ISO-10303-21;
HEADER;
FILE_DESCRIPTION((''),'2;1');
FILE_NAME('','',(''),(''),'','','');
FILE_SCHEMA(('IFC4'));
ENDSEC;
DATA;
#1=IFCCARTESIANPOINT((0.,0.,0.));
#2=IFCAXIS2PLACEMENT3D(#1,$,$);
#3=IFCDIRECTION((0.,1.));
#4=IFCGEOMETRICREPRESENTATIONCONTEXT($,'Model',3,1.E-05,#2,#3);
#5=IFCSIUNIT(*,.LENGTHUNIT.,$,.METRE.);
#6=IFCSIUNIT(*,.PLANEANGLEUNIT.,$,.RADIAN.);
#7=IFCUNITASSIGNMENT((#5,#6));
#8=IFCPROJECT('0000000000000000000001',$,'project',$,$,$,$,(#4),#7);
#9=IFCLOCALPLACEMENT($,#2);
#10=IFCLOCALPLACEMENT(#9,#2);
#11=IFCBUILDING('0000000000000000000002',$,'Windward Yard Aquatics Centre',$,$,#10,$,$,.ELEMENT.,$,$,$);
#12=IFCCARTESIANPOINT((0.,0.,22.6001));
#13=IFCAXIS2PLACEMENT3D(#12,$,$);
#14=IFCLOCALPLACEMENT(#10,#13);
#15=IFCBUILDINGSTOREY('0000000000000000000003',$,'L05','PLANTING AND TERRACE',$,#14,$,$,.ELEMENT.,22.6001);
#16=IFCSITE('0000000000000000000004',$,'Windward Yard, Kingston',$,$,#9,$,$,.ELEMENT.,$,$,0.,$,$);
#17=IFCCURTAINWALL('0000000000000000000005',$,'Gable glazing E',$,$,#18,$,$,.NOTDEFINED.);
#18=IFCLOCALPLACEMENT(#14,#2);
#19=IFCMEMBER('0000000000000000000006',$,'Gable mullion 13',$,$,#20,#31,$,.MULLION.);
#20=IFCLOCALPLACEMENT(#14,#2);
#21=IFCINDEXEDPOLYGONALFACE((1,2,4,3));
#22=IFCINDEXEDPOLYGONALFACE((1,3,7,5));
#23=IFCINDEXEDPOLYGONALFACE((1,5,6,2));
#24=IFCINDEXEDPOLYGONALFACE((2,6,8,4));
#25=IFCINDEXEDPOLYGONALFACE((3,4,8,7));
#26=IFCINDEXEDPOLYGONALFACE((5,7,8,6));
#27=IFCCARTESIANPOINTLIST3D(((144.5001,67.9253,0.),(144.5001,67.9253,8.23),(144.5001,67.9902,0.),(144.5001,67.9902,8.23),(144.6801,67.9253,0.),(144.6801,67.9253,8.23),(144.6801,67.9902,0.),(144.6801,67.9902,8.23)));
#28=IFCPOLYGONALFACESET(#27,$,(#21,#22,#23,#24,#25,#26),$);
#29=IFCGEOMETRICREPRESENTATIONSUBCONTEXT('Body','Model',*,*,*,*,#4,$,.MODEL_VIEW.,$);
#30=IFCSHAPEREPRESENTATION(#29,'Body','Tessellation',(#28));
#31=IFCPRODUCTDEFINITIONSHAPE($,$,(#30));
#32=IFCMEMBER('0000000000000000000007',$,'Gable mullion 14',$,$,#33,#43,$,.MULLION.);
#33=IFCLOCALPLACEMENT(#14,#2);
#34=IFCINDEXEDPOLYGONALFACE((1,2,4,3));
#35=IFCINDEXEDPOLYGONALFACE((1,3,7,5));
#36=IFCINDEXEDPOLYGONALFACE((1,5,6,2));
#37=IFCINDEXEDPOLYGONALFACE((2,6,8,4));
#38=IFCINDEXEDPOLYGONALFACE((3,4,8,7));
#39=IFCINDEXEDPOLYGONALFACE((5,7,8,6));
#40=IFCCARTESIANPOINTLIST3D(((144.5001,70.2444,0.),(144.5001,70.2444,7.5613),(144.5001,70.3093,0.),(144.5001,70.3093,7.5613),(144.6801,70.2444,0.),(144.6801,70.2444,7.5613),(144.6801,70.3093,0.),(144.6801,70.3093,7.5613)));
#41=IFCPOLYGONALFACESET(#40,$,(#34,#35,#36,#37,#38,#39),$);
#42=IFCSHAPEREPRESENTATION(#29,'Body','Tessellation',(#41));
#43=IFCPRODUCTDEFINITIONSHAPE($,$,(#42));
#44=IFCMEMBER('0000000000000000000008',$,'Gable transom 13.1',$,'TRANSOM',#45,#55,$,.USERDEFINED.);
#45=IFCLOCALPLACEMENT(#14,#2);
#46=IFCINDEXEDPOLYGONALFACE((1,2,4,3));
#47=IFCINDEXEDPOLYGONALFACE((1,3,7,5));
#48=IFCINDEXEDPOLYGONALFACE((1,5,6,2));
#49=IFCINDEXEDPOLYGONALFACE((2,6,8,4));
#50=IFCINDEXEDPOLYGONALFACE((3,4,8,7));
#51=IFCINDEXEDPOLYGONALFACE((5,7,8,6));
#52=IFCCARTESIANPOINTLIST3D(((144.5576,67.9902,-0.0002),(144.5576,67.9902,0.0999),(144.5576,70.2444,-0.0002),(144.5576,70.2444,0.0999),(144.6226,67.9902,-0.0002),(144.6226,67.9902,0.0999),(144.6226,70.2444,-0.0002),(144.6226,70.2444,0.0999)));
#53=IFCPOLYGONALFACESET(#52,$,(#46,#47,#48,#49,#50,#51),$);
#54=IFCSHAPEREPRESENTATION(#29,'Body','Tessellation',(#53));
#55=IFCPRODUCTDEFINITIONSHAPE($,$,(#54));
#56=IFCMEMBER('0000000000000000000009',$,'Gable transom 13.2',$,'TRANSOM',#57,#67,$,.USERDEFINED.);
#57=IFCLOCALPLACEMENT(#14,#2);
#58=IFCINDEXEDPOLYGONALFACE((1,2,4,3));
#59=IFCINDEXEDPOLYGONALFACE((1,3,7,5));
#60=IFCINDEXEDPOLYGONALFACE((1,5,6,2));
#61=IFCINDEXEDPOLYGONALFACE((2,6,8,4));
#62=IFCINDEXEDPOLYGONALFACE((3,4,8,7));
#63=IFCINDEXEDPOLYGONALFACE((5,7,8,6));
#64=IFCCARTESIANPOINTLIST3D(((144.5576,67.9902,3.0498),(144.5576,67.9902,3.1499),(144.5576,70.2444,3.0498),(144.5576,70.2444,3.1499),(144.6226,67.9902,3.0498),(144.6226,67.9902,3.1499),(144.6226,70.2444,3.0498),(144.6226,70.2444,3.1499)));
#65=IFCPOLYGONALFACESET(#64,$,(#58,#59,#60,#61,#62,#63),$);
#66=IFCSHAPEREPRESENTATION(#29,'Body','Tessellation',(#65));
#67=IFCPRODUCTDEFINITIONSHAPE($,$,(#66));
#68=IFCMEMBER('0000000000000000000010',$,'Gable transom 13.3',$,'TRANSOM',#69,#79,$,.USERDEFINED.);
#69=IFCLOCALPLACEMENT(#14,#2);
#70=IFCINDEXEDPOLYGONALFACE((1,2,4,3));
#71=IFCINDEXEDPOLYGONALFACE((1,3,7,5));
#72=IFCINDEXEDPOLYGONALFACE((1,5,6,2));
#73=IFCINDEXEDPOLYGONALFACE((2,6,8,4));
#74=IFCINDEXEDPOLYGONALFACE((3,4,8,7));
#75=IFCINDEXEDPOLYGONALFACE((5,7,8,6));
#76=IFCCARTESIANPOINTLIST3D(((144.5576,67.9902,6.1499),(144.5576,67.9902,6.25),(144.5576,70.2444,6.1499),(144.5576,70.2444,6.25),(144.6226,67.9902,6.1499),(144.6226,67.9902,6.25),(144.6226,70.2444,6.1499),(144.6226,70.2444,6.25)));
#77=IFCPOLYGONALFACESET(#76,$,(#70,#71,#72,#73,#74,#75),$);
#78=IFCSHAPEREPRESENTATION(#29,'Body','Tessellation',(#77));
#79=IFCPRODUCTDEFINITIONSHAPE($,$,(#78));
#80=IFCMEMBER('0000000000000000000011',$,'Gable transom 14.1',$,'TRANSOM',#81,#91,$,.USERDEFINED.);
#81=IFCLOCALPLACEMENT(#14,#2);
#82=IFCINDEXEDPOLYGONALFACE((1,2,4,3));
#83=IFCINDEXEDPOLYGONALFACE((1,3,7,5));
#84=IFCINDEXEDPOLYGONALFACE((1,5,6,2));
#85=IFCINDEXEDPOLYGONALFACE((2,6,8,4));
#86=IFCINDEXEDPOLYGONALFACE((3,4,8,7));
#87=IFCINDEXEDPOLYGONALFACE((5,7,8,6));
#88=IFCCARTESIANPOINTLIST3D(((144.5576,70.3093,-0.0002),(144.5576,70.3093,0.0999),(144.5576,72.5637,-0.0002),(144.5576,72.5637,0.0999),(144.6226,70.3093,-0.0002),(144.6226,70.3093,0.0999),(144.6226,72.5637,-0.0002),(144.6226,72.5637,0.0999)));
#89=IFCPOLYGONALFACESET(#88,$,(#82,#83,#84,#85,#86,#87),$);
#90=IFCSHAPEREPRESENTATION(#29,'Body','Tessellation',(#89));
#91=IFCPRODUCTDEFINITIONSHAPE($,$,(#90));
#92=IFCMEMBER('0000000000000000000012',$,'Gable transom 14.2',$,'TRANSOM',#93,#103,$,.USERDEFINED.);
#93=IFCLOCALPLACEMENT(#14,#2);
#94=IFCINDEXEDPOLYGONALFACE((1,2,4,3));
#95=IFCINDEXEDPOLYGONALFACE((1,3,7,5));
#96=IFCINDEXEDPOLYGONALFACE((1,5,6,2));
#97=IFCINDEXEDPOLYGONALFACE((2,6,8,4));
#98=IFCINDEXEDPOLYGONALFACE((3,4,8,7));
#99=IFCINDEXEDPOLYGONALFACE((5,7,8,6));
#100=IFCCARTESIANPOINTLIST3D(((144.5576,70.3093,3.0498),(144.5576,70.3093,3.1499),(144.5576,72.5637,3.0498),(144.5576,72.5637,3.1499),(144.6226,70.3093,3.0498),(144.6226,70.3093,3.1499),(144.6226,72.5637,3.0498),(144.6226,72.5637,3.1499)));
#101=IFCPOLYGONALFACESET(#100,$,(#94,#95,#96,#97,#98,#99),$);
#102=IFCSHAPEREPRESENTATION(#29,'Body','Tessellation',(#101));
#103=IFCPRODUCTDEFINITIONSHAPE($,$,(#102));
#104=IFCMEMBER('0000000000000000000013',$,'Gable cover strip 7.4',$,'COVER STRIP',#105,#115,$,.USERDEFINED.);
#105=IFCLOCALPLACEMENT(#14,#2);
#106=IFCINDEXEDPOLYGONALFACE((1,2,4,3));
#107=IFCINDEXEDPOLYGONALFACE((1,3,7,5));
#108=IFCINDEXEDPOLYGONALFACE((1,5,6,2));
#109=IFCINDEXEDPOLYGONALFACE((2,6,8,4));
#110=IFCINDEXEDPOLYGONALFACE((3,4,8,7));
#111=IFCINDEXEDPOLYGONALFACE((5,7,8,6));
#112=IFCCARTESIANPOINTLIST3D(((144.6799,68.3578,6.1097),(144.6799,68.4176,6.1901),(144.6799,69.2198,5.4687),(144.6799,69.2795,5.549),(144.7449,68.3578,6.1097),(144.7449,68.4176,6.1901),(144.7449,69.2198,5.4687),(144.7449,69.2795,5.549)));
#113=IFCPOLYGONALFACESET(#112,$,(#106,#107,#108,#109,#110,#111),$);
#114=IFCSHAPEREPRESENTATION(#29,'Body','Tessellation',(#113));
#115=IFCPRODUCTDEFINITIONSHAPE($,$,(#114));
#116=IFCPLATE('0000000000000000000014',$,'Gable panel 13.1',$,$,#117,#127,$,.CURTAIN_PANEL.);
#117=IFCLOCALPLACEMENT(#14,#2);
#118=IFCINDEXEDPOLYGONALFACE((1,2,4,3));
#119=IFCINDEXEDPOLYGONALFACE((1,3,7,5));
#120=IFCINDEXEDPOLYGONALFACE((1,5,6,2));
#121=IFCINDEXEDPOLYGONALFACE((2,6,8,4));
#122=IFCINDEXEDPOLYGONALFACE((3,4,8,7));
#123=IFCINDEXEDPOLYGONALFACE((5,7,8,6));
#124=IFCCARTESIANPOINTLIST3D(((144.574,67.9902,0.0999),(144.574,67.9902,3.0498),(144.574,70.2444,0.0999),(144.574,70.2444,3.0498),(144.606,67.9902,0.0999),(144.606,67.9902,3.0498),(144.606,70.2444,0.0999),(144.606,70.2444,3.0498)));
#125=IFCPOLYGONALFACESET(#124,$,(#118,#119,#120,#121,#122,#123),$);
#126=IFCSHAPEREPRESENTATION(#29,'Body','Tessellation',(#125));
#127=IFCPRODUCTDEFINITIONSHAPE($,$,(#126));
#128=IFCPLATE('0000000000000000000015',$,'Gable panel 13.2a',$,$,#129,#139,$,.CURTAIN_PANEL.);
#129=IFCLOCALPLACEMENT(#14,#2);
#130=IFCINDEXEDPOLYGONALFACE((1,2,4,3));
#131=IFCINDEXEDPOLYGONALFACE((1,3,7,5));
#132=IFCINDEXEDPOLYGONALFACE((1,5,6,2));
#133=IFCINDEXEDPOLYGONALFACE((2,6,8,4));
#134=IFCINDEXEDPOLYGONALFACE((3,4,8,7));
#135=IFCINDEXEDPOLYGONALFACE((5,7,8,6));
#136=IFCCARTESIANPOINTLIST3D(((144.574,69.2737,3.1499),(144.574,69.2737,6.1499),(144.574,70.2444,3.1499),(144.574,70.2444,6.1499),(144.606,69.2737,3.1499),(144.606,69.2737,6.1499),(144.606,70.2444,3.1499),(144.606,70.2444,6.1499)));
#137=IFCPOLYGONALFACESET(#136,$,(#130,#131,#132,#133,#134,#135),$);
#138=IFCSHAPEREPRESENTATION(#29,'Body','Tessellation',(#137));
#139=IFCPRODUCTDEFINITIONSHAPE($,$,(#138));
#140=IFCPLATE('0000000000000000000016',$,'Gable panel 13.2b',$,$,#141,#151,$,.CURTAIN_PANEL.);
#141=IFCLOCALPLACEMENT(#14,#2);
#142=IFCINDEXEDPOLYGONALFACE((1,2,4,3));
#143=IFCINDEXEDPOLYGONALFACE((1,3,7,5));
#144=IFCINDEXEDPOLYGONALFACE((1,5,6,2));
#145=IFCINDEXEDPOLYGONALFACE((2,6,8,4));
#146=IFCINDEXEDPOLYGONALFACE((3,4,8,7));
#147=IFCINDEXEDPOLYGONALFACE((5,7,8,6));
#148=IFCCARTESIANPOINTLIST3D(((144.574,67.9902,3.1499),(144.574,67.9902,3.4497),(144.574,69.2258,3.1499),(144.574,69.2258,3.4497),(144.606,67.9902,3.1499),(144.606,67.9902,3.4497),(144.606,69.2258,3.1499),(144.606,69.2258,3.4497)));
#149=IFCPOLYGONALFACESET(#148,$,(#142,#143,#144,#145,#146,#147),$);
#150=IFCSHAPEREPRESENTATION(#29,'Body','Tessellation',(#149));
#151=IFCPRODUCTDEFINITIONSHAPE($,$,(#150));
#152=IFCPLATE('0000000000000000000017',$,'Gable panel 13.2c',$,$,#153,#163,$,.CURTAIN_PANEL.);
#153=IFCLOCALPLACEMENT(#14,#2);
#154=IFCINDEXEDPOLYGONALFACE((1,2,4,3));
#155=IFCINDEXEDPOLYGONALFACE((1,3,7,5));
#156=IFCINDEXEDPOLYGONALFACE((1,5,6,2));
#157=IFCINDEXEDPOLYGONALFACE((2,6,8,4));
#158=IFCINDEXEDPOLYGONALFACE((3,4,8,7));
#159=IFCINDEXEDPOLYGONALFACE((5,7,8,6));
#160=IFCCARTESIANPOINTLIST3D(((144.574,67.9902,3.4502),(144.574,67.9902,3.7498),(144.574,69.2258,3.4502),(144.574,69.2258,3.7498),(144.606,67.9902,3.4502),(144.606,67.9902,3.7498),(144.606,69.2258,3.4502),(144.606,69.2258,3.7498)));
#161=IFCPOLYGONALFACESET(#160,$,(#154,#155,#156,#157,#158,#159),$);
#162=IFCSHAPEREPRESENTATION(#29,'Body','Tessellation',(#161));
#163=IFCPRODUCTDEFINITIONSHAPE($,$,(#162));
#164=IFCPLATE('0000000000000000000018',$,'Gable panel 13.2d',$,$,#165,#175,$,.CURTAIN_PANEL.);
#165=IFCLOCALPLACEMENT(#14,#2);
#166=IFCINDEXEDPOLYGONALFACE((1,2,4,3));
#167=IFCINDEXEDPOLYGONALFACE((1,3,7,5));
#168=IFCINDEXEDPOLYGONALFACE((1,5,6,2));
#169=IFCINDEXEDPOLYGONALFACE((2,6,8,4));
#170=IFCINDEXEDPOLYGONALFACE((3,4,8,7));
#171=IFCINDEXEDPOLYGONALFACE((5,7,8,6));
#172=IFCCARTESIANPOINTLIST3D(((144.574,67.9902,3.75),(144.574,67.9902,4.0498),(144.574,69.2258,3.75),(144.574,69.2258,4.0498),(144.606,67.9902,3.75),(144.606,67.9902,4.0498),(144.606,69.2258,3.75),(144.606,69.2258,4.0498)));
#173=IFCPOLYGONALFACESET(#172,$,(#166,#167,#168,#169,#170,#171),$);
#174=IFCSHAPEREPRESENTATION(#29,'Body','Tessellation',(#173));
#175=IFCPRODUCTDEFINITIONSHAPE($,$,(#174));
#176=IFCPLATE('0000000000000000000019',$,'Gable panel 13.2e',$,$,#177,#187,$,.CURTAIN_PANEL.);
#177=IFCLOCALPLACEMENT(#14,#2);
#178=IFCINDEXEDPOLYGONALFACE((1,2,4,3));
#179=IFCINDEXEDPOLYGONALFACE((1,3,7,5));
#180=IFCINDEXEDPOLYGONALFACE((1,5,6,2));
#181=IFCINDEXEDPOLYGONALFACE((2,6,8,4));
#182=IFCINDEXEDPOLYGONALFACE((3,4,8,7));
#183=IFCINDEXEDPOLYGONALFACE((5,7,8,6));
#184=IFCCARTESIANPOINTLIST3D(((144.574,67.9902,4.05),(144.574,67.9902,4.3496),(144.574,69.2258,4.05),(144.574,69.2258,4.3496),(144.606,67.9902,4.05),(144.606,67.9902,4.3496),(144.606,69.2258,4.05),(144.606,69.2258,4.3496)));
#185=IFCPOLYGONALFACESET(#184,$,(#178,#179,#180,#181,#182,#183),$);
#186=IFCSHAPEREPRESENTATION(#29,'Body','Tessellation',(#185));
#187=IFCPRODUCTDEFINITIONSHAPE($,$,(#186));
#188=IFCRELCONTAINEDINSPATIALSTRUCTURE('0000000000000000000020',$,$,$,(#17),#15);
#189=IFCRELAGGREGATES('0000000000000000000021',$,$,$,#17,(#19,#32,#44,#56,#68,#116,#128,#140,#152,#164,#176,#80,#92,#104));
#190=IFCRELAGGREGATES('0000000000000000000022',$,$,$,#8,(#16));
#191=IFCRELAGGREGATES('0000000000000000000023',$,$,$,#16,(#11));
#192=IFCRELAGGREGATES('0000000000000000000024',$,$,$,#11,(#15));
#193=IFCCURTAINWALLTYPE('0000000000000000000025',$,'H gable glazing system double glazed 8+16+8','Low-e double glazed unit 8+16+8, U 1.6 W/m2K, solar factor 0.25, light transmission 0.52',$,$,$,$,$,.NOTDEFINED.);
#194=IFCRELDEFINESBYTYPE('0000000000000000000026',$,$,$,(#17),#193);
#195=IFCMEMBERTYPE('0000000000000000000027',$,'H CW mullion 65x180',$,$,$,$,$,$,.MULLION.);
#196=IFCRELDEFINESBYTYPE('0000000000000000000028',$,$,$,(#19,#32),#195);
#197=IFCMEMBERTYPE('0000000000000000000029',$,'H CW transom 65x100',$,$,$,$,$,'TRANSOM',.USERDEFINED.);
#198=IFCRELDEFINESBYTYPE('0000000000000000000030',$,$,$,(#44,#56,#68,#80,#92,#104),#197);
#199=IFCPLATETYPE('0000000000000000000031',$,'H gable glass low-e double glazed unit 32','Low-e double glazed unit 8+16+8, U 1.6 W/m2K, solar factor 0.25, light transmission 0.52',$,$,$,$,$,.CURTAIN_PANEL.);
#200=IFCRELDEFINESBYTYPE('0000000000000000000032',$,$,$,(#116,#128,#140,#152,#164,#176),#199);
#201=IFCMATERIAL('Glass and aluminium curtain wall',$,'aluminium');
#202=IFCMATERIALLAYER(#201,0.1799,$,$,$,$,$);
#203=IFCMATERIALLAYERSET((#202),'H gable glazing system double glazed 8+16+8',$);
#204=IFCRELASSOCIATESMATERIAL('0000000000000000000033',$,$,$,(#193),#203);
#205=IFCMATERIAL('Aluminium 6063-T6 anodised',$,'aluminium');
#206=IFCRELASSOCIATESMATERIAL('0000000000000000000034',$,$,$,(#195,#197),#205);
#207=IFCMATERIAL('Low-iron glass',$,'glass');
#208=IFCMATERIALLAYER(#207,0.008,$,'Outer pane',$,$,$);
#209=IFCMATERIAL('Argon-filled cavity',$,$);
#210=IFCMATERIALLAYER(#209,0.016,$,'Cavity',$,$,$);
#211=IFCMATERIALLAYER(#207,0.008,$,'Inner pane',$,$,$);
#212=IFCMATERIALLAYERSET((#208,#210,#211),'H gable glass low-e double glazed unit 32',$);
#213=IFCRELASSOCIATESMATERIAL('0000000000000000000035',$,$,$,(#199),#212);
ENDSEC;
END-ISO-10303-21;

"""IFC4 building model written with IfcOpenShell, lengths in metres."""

from ifc_helpers import new_model, si_unit, direction, frame, origin, origin_2d, place, context, subcontext, project, spatial, polyline, rectangle, outline, extrude, material, layer, layer_set, material_profile, profile_set, type_object, element, aggregate, save


model = new_model("IFC4")

# Units and contexts
model_context = context("Model", 3, precision=1e-05, world=origin(), true_north=direction((0.0, 1.0)))
body_context = subcontext(model_context, "Body", "Model", "MODEL_VIEW")
ifc_project = project(units=[si_unit("LENGTHUNIT", "METRE"), si_unit("PLANEANGLEUNIT", "RADIAN")], contexts=[model_context])

# Site, building, storey
site_placement = place(None, origin())
site = spatial("IfcSite", under=ifc_project, at=site_placement, Name="Windward Yard, Kingston", CompositionType="ELEMENT", RefElevation=0.0)
building_placement = place(site_placement, origin())
building = spatial("IfcBuilding", under=site, at=building_placement, Name="Windward Yard Aquatics Centre", CompositionType="ELEMENT")
storey_placement = place(building_placement, frame((0.0, 0.0, 22.6001)))
storey = spatial("IfcBuildingStorey", under=building, at=storey_placement, Name="L05", Description="PLANTING AND TERRACE", CompositionType="ELEMENT", Elevation=22.6001)

# Curtain wall, members, plates
ifc_material_1 = material(Name="Glass and aluminium curtain wall", Category="aluminium")
ifc_layer_1 = layer(ifc_material_1, 0.1799)
ifc_layer_set_1 = layer_set([ifc_layer_1], Name="H gable glazing system double glazed 8+16+8")
curtain_wall_type = type_object("IfcCurtainWallType", Name="H gable glazing system double glazed 8+16+8", Description="Low-e double glazed unit 8+16+8, U 1.6 W/m2K, solar factor 0.25, light transmission 0.52", PredefinedType="NOTDEFINED", material=ifc_layer_set_1)
curtain_wall_placement = place(storey_placement, origin())
curtain_wall = element("IfcCurtainWall", 1, at=curtain_wall_placement, inside=storey, type_object=curtain_wall_type, Name="Gable glazing E", PredefinedType="NOTDEFINED")
ifc_material_2 = material(Name="Aluminium 6063-T6 anodised", Category="aluminium")
ifc_material_profile_1 = material_profile(ifc_material_2, rectangle(XDim=0.0649, YDim=0.1799, at=origin_2d()), Name="H CW mullion 65x180")
ifc_profile_set_1 = profile_set([ifc_material_profile_1], Name="Aluminium 6063-T6 anodised")
member_type_1 = type_object("IfcMemberType", Name="H CW mullion 65x180", PredefinedType="MULLION", material=ifc_profile_set_1)
member_1_placement = place(storey_placement, frame((144.5901, 67.9578, 0.0), z_axis=(0.0, 0.0, 1.0), x_axis=(0.0, 1.0, 0.0)))
member_1 = element("IfcMember", 2, at=member_1_placement, type_object=member_type_1, Name="Gable mullion 13", PredefinedType="MULLION", context=body_context, shape_type="SweptSolid", body=[
    extrude(rectangle(XDim=0.0649, YDim=0.1799, at=origin_2d()), origin(), (0.0, 0.0, 1.0), 8.23),
])
member_2_placement = place(storey_placement, frame((144.5901, 70.2769, 0.0), z_axis=(0.0, 0.0, 1.0), x_axis=(0.0, 1.0, 0.0)))
member_2 = element("IfcMember", 3, at=member_2_placement, type_object=member_type_1, Name="Gable mullion 14", PredefinedType="MULLION", context=body_context, shape_type="SweptSolid", body=[
    extrude(rectangle(XDim=0.0649, YDim=0.1799, at=origin_2d()), origin(), (0.0, 0.0, 1.0), 7.5613),
])
ifc_material_profile_2 = material_profile(ifc_material_2, rectangle(XDim=0.0649, YDim=0.1001, at=origin_2d()), Name="H CW transom 65x100")
ifc_profile_set_2 = profile_set([ifc_material_profile_2], Name="Aluminium 6063-T6 anodised")
member_type_2 = type_object("IfcMemberType", Name="H CW transom 65x100", ElementType="TRANSOM", PredefinedType="USERDEFINED", material=ifc_profile_set_2)
member_3_placement = place(storey_placement, frame((144.5901, 67.9902, 0.0498), z_axis=(0.0, 1.0, 0.0), x_axis=(-1.0, 0.0, 0.0)))
member_3 = element("IfcMember", 4, at=member_3_placement, type_object=member_type_2, Name="Gable transom 13.1", ObjectType="TRANSOM", PredefinedType="USERDEFINED", context=body_context, shape_type="SweptSolid", body=[
    extrude(rectangle(XDim=0.0649, YDim=0.1001, at=origin_2d()), origin(), (0.0, 0.0, 1.0), 2.2542),
])
member_4_placement = place(storey_placement, frame((144.5901, 67.9902, 3.0999), z_axis=(0.0, 1.0, 0.0), x_axis=(-1.0, 0.0, 0.0)))
member_4 = element("IfcMember", 5, at=member_4_placement, type_object=member_type_2, Name="Gable transom 13.2", ObjectType="TRANSOM", PredefinedType="USERDEFINED", context=body_context, shape_type="SweptSolid", body=[
    extrude(rectangle(XDim=0.0649, YDim=0.1001, at=origin_2d()), origin(), (0.0, 0.0, 1.0), 2.2542),
])
member_5_placement = place(storey_placement, frame((144.5901, 67.9902, 6.2), z_axis=(0.0, 1.0, 0.0), x_axis=(-1.0, 0.0, 0.0)))
member_5 = element("IfcMember", 6, at=member_5_placement, type_object=member_type_2, Name="Gable transom 13.3", ObjectType="TRANSOM", PredefinedType="USERDEFINED", context=body_context, shape_type="SweptSolid", body=[
    extrude(rectangle(XDim=0.0649, YDim=0.1001, at=origin_2d()), origin(), (0.0, 0.0, 1.0), 2.2542),
])
member_6_placement = place(storey_placement, frame((144.5901, 70.3093, 0.0498), z_axis=(0.0, 1.0, 0.0), x_axis=(-1.0, 0.0, 0.0)))
member_6 = element("IfcMember", 7, at=member_6_placement, type_object=member_type_2, Name="Gable transom 14.1", ObjectType="TRANSOM", PredefinedType="USERDEFINED", context=body_context, shape_type="SweptSolid", body=[
    extrude(rectangle(XDim=0.0649, YDim=0.1001, at=origin_2d()), origin(), (0.0, 0.0, 1.0), 2.2544),
])
member_7_placement = place(storey_placement, frame((144.5901, 70.3093, 3.0999), z_axis=(0.0, 1.0, 0.0), x_axis=(-1.0, 0.0, 0.0)))
member_7 = element("IfcMember", 8, at=member_7_placement, type_object=member_type_2, Name="Gable transom 14.2", ObjectType="TRANSOM", PredefinedType="USERDEFINED", context=body_context, shape_type="SweptSolid", body=[
    extrude(rectangle(XDim=0.0649, YDim=0.1001, at=origin_2d()), origin(), (0.0, 0.0, 1.0), 2.2544),
])
member_8_placement = place(storey_placement, frame((144.7124, 68.3877, 6.1499), z_axis=(0.0, 0.80242, -0.596759), x_axis=(-1.0, 0.0, 0.0)))
member_8 = element("IfcMember", 9, at=member_8_placement, type_object=member_type_2, Name="Gable cover strip 7.4", ObjectType="COVER STRIP", PredefinedType="USERDEFINED", context=body_context, shape_type="SweptSolid", body=[
    extrude(rectangle(XDim=0.0649, YDim=0.1001, at=origin_2d()), origin(), (0.0, 0.0, 1.0), 1.0742),
])
ifc_material_3 = material(Name="Low-iron glass", Category="glass")
ifc_layer_2 = layer(ifc_material_3, 0.008, Name="Outer pane")
ifc_material_4 = material(Name="Argon-filled cavity")
ifc_layer_3 = layer(ifc_material_4, 0.016, Name="Cavity")
ifc_layer_4 = layer(ifc_material_3, 0.008, Name="Inner pane")
ifc_layer_set_2 = layer_set([ifc_layer_2, ifc_layer_3, ifc_layer_4], Name="H gable glass low-e double glazed unit 32")
plate_type = type_object("IfcPlateType", Name="H gable glass low-e double glazed unit 32", Description="Low-e double glazed unit 8+16+8, U 1.6 W/m2K, solar factor 0.25, light transmission 0.52", PredefinedType="CURTAIN_PANEL", material=ifc_layer_set_2)
plate_1_placement = place(storey_placement, frame((144.574, 67.9902, 0.0999), z_axis=(-1.0, 0.0, 0.0), x_axis=(0.0, 0.0, 1.0)))
plate_1 = element("IfcPlate", 10, at=plate_1_placement, type_object=plate_type, Name="Gable panel 13.1", PredefinedType="CURTAIN_PANEL", context=body_context, shape_type="SweptSolid", body=[
    extrude(outline(polyline([(0.0, 0.0), (2.95, 0.0), (2.95, 2.2542), (0.0, 2.2542), (0.0, 0.0)])), origin(), (0.0, 0.0, -1.0), 0.032),
])
plate_2_placement = place(storey_placement, frame((144.574, 69.2737, 3.1499), z_axis=(-1.0, 0.0, 0.0), x_axis=(0.0, 0.0, 1.0)))
plate_2 = element("IfcPlate", 11, at=plate_2_placement, type_object=plate_type, Name="Gable panel 13.2a", PredefinedType="CURTAIN_PANEL", context=body_context, shape_type="SweptSolid", body=[
    extrude(outline(polyline([(0.0, 0.0), (3.0, 0.0), (3.0, 0.9707), (0.0, 0.9707), (0.0, 0.0)])), origin(), (0.0, 0.0, -1.0), 0.032),
])
plate_3_placement = place(storey_placement, frame((144.606, 67.9902, 3.1499), z_axis=(1.0, 0.0, 0.0), x_axis=(0.0, 1.0, 0.0)))
plate_3 = element("IfcPlate", 12, at=plate_3_placement, type_object=plate_type, Name="Gable panel 13.2b", PredefinedType="CURTAIN_PANEL", context=body_context, shape_type="SweptSolid", body=[
    extrude(outline(polyline([(0.0, 0.0), (1.2356, 0.0), (1.2356, 0.2998), (0.0, 0.2998), (0.0, 0.0)])), origin(), (0.0, 0.0, -1.0), 0.032),
])
plate_4_placement = place(storey_placement, frame((144.606, 67.9902, 3.4502), z_axis=(1.0, 0.0, 0.0), x_axis=(0.0, 1.0, 0.0)))
plate_4 = element("IfcPlate", 13, at=plate_4_placement, type_object=plate_type, Name="Gable panel 13.2c", PredefinedType="CURTAIN_PANEL", context=body_context, shape_type="SweptSolid", body=[
    extrude(outline(polyline([(0.0, 0.0), (1.2356, 0.0), (1.2356, 0.2996), (0.0, 0.2996), (0.0, 0.0)])), origin(), (0.0, 0.0, -1.0), 0.032),
])
plate_5_placement = place(storey_placement, frame((144.606, 67.9902, 3.75), z_axis=(1.0, 0.0, 0.0), x_axis=(0.0, 1.0, 0.0)))
plate_5 = element("IfcPlate", 14, at=plate_5_placement, type_object=plate_type, Name="Gable panel 13.2d", PredefinedType="CURTAIN_PANEL", context=body_context, shape_type="SweptSolid", body=[
    extrude(outline(polyline([(0.0, 0.0), (1.2356, 0.0), (1.2356, 0.2998), (0.0, 0.2998), (0.0, 0.0)])), origin(), (0.0, 0.0, -1.0), 0.032),
])
plate_6_placement = place(storey_placement, frame((144.606, 67.9902, 4.05), z_axis=(1.0, 0.0, 0.0), x_axis=(0.0, 1.0, 0.0)))
plate_6 = element("IfcPlate", 15, at=plate_6_placement, type_object=plate_type, Name="Gable panel 13.2e", PredefinedType="CURTAIN_PANEL", context=body_context, shape_type="SweptSolid", body=[
    extrude(outline(polyline([(0.0, 0.0), (1.2356, 0.0), (1.2356, 0.2996), (0.0, 0.2996), (0.0, 0.0)])), origin(), (0.0, 0.0, -1.0), 0.032),
])
aggregate(curtain_wall, [member_1, member_2, member_3, member_4, member_5, plate_1, plate_2, plate_3, plate_4, plate_5, plate_6, member_6, member_7, member_8])

save(model, "model.ifc")
